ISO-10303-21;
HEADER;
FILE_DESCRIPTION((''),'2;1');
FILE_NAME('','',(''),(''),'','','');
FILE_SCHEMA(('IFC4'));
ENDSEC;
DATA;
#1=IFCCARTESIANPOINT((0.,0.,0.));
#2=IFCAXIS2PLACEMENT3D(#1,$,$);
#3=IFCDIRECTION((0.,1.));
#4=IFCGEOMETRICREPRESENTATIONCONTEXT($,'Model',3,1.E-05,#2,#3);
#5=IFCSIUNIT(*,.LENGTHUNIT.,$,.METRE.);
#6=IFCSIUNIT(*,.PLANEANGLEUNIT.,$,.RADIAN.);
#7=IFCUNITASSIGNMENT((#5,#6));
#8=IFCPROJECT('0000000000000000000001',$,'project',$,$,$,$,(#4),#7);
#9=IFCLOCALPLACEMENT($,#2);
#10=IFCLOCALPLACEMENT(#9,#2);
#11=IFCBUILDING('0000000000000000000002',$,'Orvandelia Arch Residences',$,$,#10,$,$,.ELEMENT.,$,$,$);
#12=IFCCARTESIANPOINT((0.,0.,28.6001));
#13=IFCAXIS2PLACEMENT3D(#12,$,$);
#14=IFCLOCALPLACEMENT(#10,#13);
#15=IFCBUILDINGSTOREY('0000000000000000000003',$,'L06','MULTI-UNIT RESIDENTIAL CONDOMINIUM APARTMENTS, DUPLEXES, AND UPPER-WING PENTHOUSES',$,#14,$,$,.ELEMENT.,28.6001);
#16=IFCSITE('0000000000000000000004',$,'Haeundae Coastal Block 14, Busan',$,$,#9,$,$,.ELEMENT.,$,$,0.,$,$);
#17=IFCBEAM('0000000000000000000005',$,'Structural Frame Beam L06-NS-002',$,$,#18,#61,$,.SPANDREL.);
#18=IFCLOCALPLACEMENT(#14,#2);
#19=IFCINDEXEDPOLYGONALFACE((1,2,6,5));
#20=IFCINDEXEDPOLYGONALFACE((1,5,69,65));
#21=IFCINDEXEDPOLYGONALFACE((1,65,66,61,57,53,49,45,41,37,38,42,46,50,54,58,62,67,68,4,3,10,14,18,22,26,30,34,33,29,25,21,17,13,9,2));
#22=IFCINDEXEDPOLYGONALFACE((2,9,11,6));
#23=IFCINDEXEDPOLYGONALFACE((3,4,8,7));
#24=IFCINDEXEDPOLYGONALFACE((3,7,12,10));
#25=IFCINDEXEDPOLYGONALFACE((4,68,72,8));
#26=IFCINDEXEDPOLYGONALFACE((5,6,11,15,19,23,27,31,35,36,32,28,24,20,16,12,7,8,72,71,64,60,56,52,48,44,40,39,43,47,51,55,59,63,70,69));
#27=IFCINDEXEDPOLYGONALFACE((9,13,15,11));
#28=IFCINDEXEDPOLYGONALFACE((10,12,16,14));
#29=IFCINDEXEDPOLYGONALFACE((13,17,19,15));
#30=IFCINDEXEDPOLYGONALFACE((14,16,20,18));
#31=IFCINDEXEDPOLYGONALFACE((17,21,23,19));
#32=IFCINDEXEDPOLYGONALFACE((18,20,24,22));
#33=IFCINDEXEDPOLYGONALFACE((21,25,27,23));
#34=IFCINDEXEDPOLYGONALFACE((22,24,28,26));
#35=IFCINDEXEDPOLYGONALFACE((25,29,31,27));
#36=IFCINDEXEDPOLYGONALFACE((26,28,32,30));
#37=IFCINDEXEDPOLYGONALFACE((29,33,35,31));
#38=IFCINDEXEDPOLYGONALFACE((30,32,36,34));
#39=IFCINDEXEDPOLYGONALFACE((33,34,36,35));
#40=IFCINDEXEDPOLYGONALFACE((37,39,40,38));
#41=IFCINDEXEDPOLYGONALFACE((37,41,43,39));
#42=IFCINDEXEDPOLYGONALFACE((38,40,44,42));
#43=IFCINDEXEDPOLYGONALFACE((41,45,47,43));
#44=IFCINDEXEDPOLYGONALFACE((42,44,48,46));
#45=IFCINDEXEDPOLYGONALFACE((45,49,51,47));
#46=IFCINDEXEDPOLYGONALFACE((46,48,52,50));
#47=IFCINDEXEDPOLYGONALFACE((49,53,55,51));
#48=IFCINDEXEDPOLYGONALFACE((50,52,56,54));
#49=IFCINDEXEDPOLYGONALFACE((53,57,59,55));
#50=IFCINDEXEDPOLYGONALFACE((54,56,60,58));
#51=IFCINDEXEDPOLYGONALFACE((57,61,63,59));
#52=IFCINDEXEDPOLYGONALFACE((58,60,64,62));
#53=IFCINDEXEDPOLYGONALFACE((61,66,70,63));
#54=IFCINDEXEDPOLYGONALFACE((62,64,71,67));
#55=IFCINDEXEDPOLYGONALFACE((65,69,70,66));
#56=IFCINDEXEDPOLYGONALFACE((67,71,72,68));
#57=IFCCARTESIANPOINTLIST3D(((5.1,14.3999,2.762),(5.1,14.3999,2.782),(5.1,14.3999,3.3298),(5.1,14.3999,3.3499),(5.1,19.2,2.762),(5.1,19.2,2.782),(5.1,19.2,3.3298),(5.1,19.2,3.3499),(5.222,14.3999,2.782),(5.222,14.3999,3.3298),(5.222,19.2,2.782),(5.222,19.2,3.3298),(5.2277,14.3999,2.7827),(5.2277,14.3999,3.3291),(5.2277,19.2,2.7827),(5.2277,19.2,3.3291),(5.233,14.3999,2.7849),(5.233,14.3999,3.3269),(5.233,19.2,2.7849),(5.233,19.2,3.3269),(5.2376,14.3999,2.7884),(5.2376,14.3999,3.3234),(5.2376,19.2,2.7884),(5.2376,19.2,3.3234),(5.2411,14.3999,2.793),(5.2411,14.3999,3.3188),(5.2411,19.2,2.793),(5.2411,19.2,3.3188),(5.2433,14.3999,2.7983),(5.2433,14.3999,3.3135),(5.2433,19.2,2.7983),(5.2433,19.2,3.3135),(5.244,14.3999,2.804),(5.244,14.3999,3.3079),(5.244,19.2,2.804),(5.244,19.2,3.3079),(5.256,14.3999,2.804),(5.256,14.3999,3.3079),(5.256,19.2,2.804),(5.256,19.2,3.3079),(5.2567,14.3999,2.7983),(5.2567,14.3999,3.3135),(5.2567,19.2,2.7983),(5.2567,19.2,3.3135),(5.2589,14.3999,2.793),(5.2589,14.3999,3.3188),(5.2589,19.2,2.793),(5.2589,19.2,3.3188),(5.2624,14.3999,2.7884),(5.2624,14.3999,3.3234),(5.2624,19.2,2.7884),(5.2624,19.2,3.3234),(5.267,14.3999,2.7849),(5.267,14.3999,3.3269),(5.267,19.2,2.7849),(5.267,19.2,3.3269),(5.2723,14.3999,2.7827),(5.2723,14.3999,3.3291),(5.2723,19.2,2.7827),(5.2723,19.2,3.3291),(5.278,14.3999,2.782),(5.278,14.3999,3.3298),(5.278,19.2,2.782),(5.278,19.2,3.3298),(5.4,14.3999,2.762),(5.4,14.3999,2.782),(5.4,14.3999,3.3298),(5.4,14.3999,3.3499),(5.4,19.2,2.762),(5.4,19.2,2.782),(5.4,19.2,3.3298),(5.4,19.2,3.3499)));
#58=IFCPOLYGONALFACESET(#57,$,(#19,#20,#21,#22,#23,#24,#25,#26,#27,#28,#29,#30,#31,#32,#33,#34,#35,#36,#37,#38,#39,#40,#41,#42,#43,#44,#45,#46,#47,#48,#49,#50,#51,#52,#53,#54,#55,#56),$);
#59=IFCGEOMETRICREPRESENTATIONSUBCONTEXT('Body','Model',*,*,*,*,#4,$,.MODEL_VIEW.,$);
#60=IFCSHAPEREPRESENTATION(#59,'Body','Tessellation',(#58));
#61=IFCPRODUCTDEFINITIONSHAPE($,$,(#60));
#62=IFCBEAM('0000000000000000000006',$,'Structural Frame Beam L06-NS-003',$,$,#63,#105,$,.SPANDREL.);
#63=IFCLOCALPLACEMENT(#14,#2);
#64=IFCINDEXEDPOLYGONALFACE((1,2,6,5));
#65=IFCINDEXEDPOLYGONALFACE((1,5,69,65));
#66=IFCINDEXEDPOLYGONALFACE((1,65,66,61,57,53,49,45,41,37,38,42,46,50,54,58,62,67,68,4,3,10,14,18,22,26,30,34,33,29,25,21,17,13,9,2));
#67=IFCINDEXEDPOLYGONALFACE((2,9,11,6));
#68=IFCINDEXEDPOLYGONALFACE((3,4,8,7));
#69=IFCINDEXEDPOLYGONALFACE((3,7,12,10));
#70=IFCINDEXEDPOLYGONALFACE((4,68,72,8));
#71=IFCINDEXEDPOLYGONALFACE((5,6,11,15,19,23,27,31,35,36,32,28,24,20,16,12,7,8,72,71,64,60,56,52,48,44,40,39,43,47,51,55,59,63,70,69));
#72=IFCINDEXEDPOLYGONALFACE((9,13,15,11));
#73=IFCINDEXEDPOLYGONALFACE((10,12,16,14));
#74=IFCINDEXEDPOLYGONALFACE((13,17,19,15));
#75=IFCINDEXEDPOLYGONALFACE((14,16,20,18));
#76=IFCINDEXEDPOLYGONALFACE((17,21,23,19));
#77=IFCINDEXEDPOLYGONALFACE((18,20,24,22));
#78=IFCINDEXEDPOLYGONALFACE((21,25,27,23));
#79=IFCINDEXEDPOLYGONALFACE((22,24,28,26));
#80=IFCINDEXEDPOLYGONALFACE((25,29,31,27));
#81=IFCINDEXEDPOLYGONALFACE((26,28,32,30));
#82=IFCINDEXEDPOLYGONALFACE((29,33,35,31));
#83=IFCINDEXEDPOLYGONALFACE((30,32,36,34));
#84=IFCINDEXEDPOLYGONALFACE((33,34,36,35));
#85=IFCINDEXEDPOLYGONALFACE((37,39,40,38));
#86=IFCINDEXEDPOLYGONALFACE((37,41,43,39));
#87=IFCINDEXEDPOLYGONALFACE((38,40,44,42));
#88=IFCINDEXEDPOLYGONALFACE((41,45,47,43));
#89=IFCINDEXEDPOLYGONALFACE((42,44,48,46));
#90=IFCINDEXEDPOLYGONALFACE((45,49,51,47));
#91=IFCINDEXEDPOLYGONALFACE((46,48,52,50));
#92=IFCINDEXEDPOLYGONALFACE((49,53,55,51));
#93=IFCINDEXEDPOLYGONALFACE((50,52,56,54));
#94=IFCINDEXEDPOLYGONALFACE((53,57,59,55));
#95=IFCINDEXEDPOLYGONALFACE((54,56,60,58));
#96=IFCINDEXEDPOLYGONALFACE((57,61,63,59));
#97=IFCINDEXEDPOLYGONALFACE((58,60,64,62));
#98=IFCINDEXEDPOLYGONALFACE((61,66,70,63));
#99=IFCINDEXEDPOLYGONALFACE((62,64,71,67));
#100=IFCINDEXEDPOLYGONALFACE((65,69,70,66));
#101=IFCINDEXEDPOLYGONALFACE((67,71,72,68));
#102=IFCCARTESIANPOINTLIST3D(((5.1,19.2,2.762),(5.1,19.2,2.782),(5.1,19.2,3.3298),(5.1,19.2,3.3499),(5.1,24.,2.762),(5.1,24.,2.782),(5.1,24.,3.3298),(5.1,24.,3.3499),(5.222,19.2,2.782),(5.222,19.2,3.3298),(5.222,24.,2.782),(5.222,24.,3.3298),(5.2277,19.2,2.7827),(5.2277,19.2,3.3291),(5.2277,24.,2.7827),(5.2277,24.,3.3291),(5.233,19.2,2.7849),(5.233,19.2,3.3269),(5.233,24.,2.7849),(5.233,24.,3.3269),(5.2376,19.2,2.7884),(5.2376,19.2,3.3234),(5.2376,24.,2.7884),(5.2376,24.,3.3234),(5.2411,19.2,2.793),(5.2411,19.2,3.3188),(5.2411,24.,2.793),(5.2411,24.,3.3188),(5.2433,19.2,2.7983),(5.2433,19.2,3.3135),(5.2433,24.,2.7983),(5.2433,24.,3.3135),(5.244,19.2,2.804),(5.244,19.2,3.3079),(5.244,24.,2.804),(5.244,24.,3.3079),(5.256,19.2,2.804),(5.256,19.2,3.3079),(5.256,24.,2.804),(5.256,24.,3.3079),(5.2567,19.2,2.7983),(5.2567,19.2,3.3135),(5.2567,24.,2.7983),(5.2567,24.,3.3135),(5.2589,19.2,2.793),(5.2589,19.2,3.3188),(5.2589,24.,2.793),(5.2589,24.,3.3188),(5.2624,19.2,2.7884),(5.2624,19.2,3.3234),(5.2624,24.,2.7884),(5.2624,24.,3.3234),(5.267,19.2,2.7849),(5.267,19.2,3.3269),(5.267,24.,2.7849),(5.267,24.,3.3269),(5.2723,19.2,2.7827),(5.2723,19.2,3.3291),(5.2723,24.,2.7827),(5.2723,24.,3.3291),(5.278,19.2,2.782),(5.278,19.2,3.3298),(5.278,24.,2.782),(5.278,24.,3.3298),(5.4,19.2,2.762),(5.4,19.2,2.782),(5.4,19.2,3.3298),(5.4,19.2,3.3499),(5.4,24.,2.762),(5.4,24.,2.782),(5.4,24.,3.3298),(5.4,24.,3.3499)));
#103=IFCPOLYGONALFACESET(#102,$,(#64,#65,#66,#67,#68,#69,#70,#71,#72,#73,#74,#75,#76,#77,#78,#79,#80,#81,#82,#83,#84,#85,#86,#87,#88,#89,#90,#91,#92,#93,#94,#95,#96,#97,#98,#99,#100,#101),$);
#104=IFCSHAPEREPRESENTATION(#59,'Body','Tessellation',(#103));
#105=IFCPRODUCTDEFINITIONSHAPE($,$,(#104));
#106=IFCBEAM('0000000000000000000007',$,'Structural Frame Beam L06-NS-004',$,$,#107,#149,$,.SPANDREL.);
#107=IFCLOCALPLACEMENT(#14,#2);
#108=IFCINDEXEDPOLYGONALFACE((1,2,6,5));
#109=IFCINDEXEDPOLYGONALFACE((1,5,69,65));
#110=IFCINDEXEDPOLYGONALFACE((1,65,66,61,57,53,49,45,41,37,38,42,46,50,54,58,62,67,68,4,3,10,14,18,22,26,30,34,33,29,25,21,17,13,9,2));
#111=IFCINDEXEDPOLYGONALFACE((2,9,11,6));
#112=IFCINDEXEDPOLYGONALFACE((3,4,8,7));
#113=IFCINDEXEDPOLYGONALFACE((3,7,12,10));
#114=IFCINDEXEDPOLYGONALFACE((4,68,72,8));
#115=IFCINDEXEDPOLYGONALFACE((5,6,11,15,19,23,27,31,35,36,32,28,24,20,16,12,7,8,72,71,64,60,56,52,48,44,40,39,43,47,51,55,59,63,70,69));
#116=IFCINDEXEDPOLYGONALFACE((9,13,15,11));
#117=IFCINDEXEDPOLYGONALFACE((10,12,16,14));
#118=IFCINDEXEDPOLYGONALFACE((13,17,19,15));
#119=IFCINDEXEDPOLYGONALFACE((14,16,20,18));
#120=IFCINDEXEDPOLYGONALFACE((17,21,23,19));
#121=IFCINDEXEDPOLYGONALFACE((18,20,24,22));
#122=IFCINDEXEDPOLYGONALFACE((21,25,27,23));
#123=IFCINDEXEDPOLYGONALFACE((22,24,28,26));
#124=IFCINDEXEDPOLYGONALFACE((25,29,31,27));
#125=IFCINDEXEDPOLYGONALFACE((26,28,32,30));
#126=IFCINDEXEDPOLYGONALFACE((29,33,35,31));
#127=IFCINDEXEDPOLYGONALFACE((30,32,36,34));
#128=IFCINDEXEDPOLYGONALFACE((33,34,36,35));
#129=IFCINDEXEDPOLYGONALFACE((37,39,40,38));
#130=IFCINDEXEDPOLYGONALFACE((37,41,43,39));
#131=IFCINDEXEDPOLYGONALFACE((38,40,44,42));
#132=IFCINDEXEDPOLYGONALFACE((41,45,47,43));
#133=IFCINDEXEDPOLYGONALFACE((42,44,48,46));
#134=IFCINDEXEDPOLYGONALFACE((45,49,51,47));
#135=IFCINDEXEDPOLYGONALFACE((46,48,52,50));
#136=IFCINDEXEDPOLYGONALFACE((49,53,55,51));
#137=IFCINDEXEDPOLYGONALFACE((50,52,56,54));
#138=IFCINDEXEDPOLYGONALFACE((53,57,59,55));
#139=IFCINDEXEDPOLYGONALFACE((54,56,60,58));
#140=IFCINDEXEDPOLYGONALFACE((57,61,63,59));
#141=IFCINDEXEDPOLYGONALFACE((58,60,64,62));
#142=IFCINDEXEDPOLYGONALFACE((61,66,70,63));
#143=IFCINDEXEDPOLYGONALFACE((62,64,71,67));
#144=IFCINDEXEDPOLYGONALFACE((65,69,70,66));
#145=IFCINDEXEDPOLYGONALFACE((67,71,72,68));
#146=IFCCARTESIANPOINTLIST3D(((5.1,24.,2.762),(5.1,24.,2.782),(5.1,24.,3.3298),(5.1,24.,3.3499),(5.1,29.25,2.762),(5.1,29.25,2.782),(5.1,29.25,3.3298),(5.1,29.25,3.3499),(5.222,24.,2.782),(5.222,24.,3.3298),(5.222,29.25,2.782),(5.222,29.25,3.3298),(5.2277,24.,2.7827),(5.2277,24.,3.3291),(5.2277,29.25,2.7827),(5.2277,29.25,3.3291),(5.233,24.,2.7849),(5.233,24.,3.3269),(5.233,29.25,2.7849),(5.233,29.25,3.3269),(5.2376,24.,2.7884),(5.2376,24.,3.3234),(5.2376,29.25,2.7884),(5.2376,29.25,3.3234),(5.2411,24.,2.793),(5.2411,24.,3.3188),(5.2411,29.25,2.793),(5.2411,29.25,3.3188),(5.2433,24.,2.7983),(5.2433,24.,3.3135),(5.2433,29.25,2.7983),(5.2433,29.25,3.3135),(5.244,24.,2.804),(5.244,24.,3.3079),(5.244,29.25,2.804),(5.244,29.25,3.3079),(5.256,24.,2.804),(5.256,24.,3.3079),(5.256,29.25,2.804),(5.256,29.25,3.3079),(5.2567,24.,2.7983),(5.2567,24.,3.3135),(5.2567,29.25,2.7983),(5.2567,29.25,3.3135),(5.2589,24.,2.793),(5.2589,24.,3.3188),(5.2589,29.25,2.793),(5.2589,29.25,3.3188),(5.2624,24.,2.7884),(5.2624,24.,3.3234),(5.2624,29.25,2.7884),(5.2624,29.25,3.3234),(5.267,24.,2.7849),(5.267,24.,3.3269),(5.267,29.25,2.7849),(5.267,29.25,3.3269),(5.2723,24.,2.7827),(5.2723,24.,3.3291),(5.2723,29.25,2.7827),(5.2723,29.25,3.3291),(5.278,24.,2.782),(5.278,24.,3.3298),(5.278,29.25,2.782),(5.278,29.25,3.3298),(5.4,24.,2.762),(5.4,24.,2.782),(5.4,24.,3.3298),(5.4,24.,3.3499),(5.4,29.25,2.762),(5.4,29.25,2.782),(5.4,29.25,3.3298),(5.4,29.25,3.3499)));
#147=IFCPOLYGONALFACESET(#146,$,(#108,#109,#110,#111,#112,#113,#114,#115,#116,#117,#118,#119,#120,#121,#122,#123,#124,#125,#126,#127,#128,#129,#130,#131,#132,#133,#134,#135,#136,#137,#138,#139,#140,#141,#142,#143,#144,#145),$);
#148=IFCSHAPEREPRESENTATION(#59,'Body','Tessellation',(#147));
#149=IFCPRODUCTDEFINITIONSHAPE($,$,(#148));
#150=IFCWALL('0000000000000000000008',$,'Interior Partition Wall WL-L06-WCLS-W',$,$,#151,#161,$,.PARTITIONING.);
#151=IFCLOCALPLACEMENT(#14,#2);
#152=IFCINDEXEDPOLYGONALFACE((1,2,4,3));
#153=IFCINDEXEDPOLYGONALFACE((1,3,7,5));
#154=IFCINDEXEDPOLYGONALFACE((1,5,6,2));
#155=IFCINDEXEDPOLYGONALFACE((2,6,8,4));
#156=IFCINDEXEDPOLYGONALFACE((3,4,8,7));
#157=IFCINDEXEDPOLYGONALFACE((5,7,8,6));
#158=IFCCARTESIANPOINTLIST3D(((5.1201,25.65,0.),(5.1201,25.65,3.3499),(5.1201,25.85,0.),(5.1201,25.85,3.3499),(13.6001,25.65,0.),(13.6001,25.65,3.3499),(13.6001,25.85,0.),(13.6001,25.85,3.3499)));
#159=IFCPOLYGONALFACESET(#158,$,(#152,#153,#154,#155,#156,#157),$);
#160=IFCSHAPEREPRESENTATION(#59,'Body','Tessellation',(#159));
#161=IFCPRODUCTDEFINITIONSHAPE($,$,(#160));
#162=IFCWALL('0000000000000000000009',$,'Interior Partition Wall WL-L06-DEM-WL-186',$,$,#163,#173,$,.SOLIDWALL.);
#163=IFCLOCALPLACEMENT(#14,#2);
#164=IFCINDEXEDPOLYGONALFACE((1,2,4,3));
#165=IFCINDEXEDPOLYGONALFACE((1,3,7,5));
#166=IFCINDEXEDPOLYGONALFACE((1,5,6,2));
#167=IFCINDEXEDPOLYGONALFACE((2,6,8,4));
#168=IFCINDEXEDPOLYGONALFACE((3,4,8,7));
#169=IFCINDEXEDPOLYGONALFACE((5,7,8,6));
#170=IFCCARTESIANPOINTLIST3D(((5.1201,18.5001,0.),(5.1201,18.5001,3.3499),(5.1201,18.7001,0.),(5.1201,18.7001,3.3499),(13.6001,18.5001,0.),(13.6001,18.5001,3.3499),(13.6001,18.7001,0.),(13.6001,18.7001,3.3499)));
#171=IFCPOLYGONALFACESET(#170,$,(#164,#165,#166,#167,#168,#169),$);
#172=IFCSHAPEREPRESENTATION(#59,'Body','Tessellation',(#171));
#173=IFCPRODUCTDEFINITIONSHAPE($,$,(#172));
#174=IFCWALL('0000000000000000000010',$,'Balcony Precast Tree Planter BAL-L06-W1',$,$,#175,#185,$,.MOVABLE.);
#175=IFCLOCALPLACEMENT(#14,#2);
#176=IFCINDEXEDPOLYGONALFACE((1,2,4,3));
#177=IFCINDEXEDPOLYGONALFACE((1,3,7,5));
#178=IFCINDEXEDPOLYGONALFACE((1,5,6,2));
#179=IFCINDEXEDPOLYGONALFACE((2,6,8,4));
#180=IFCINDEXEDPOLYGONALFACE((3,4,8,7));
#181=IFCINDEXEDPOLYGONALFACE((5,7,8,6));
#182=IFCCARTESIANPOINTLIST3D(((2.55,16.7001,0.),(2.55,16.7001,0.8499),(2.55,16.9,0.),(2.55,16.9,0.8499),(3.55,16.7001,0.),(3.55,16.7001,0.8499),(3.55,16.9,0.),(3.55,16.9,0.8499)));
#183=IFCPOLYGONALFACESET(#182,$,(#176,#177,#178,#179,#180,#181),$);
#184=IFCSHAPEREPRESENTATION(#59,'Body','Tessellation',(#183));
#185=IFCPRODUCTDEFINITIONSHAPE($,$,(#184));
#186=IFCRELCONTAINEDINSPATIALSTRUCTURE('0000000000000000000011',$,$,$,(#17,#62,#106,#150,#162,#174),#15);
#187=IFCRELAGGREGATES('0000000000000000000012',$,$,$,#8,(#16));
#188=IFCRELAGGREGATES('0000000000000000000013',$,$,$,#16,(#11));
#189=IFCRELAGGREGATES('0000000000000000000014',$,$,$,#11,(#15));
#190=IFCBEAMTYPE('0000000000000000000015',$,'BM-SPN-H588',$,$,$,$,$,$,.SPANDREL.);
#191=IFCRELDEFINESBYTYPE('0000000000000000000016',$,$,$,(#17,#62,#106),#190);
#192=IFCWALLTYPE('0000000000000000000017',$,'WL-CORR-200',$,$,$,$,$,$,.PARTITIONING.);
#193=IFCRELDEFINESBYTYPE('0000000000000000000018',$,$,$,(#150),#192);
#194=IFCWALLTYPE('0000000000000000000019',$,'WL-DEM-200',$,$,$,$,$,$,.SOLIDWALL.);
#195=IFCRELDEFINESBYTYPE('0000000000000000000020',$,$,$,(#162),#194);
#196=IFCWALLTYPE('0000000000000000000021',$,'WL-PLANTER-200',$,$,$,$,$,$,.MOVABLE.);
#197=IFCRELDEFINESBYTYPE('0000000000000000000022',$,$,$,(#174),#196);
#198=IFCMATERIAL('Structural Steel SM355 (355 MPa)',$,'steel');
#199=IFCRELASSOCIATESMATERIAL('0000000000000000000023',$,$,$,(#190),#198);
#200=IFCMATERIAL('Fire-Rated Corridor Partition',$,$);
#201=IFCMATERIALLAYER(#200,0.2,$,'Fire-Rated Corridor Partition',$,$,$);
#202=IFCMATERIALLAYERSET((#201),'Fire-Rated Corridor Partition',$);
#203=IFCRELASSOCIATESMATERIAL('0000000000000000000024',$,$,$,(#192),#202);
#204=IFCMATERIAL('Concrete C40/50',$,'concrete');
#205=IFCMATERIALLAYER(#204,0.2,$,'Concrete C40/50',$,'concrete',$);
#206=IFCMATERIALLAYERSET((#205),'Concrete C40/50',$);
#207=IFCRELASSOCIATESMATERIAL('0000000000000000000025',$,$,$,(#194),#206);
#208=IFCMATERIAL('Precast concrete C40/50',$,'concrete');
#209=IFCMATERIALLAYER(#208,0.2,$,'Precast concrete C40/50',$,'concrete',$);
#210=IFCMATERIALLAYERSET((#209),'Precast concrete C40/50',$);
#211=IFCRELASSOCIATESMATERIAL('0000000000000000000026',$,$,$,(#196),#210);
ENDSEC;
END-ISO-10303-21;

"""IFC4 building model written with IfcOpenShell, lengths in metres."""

from ifc_helpers import new_model, si_unit, direction, frame, frame_2d, origin, origin_2d, place, context, subcontext, project, spatial, rectangle, i_section, extrude, material, layer, layer_set, material_profile, profile_set, type_object, element, save


model = new_model("IFC4")

# Units and contexts
model_context = context("Model", 3, precision=1e-05, world=origin(), true_north=direction((0.0, 1.0)))
body_context = subcontext(model_context, "Body", "Model", "MODEL_VIEW")
ifc_project = project(units=[si_unit("LENGTHUNIT", "METRE"), si_unit("PLANEANGLEUNIT", "RADIAN")], contexts=[model_context])

# Site, building, storey
site_placement = place(None, origin())
site = spatial("IfcSite", under=ifc_project, at=site_placement, Name="Haeundae Coastal Block 14, Busan", CompositionType="ELEMENT", RefElevation=0.0)
building_placement = place(site_placement, origin())
building = spatial("IfcBuilding", under=site, at=building_placement, Name="Orvandelia Arch Residences", CompositionType="ELEMENT")
storey_placement = place(building_placement, frame((0.0, 0.0, 28.6001)))
storey = spatial("IfcBuildingStorey", under=building, at=storey_placement, Name="L06", Description="MULTI-UNIT RESIDENTIAL CONDOMINIUM APARTMENTS, DUPLEXES, AND UPPER-WING PENTHOUSES", CompositionType="ELEMENT", Elevation=28.6001)

# Beams
ifc_material_1 = material(Name="Structural Steel SM355 (355 MPa)", Category="steel")
ifc_material_profile_1 = material_profile(ifc_material_1, i_section(OverallWidth=0.3, OverallDepth=0.5879, WebThickness=0.012, FlangeThickness=0.02, FilletRadius=0.022, at=origin_2d()), Name="Structural Steel SM355 (355 MPa)", Category="steel")
ifc_profile_set_1 = profile_set([ifc_material_profile_1], Name="Structural Steel SM355 (355 MPa)")
beam_type_1 = type_object("IfcBeamType", Name="BM-SPN-H588", PredefinedType="SPANDREL", material=ifc_profile_set_1)
for number, where, z_axis, x_axis, name in (
    (1, (5.25, 14.3999, 3.0559), (0.0, 1.0, 0.0), (-1.0, 0.0, 0.0), "Structural Frame Beam L06-NS-002"),
    (2, (5.25, 19.2, 3.0559), (0.0, 1.0, 0.0), (-1.0, 0.0, 0.0), "Structural Frame Beam L06-NS-003"),
):
    element("IfcBeam", number, at=place(storey_placement, frame(where, z_axis=z_axis, x_axis=x_axis)), inside=storey, type_object=beam_type_1, Name=name, PredefinedType="SPANDREL", context=body_context, shape_type="SweptSolid", body=[
        extrude(i_section(OverallWidth=0.3, OverallDepth=0.5879, WebThickness=0.012, FlangeThickness=0.02, FilletRadius=0.022, at=origin_2d()), origin(), (0.0, 0.0, 1.0), 4.8),
    ])
beam_placement = place(storey_placement, frame((5.25, 24.0, 3.0559), z_axis=(0.0, 1.0, 0.0), x_axis=(-1.0, 0.0, 0.0)))
element("IfcBeam", 3, at=beam_placement, inside=storey, type_object=beam_type_1, Name="Structural Frame Beam L06-NS-004", PredefinedType="SPANDREL", context=body_context, shape_type="SweptSolid", body=[
    extrude(i_section(OverallWidth=0.3, OverallDepth=0.5879, WebThickness=0.012, FlangeThickness=0.02, FilletRadius=0.022, at=origin_2d()), origin(), (0.0, 0.0, 1.0), 5.25),
])

# Walls
ifc_material_2 = material(Name="Fire-Rated Corridor Partition")
ifc_layer_1 = layer(ifc_material_2, 0.2, Name="Fire-Rated Corridor Partition")
ifc_layer_set_1 = layer_set([ifc_layer_1], Name="Fire-Rated Corridor Partition")
wall_type_1 = type_object("IfcWallType", Name="WL-CORR-200", PredefinedType="PARTITIONING", material=ifc_layer_set_1)
wall_1_placement = place(storey_placement, frame((5.1201, 25.75, 0.0), z_axis=(0.0, 0.0, 1.0), x_axis=(1.0, 0.0, 0.0)))
element("IfcWall", 4, at=wall_1_placement, inside=storey, type_object=wall_type_1, Name="Interior Partition Wall WL-L06-WCLS-W", PredefinedType="PARTITIONING", context=body_context, shape_type="SweptSolid", body=[
    extrude(rectangle(XDim=8.48, YDim=0.2, at=frame_2d((4.24, 0.0))), origin(), (0.0, 0.0, 1.0), 3.3499),
])
ifc_material_3 = material(Name="Concrete C40/50", Category="concrete")
ifc_layer_2 = layer(ifc_material_3, 0.2, Name="Concrete C40/50", Category="concrete")
ifc_layer_set_2 = layer_set([ifc_layer_2], Name="Concrete C40/50")
wall_type_2 = type_object("IfcWallType", Name="WL-DEM-200", PredefinedType="SOLIDWALL", material=ifc_layer_set_2)
wall_2_placement = place(storey_placement, frame((5.1201, 18.6001, 0.0), z_axis=(0.0, 0.0, 1.0), x_axis=(1.0, 0.0, 0.0)))
element("IfcWall", 5, at=wall_2_placement, inside=storey, type_object=wall_type_2, Name="Interior Partition Wall WL-L06-DEM-WL-186", PredefinedType="SOLIDWALL", context=body_context, shape_type="SweptSolid", body=[
    extrude(rectangle(XDim=8.48, YDim=0.2, at=frame_2d((4.24, 0.0))), origin(), (0.0, 0.0, 1.0), 3.3499),
])
ifc_material_4 = material(Name="Precast concrete C40/50", Category="concrete")
ifc_layer_3 = layer(ifc_material_4, 0.2, Name="Precast concrete C40/50", Category="concrete")
ifc_layer_set_3 = layer_set([ifc_layer_3], Name="Precast concrete C40/50")
wall_type_3 = type_object("IfcWallType", Name="WL-PLANTER-200", PredefinedType="MOVABLE", material=ifc_layer_set_3)
wall_3_placement = place(storey_placement, frame((2.55, 16.8, 0.0), z_axis=(0.0, 0.0, 1.0), x_axis=(1.0, 0.0, 0.0)))
element("IfcWall", 6, at=wall_3_placement, inside=storey, type_object=wall_type_3, Name="Balcony Precast Tree Planter BAL-L06-W1", PredefinedType="MOVABLE", context=body_context, shape_type="SweptSolid", body=[
    extrude(rectangle(XDim=1.0, YDim=0.2, at=frame_2d((0.5, 0.0))), origin(), (0.0, 0.0, 1.0), 0.8499),
])

save(model, "model.ifc")
